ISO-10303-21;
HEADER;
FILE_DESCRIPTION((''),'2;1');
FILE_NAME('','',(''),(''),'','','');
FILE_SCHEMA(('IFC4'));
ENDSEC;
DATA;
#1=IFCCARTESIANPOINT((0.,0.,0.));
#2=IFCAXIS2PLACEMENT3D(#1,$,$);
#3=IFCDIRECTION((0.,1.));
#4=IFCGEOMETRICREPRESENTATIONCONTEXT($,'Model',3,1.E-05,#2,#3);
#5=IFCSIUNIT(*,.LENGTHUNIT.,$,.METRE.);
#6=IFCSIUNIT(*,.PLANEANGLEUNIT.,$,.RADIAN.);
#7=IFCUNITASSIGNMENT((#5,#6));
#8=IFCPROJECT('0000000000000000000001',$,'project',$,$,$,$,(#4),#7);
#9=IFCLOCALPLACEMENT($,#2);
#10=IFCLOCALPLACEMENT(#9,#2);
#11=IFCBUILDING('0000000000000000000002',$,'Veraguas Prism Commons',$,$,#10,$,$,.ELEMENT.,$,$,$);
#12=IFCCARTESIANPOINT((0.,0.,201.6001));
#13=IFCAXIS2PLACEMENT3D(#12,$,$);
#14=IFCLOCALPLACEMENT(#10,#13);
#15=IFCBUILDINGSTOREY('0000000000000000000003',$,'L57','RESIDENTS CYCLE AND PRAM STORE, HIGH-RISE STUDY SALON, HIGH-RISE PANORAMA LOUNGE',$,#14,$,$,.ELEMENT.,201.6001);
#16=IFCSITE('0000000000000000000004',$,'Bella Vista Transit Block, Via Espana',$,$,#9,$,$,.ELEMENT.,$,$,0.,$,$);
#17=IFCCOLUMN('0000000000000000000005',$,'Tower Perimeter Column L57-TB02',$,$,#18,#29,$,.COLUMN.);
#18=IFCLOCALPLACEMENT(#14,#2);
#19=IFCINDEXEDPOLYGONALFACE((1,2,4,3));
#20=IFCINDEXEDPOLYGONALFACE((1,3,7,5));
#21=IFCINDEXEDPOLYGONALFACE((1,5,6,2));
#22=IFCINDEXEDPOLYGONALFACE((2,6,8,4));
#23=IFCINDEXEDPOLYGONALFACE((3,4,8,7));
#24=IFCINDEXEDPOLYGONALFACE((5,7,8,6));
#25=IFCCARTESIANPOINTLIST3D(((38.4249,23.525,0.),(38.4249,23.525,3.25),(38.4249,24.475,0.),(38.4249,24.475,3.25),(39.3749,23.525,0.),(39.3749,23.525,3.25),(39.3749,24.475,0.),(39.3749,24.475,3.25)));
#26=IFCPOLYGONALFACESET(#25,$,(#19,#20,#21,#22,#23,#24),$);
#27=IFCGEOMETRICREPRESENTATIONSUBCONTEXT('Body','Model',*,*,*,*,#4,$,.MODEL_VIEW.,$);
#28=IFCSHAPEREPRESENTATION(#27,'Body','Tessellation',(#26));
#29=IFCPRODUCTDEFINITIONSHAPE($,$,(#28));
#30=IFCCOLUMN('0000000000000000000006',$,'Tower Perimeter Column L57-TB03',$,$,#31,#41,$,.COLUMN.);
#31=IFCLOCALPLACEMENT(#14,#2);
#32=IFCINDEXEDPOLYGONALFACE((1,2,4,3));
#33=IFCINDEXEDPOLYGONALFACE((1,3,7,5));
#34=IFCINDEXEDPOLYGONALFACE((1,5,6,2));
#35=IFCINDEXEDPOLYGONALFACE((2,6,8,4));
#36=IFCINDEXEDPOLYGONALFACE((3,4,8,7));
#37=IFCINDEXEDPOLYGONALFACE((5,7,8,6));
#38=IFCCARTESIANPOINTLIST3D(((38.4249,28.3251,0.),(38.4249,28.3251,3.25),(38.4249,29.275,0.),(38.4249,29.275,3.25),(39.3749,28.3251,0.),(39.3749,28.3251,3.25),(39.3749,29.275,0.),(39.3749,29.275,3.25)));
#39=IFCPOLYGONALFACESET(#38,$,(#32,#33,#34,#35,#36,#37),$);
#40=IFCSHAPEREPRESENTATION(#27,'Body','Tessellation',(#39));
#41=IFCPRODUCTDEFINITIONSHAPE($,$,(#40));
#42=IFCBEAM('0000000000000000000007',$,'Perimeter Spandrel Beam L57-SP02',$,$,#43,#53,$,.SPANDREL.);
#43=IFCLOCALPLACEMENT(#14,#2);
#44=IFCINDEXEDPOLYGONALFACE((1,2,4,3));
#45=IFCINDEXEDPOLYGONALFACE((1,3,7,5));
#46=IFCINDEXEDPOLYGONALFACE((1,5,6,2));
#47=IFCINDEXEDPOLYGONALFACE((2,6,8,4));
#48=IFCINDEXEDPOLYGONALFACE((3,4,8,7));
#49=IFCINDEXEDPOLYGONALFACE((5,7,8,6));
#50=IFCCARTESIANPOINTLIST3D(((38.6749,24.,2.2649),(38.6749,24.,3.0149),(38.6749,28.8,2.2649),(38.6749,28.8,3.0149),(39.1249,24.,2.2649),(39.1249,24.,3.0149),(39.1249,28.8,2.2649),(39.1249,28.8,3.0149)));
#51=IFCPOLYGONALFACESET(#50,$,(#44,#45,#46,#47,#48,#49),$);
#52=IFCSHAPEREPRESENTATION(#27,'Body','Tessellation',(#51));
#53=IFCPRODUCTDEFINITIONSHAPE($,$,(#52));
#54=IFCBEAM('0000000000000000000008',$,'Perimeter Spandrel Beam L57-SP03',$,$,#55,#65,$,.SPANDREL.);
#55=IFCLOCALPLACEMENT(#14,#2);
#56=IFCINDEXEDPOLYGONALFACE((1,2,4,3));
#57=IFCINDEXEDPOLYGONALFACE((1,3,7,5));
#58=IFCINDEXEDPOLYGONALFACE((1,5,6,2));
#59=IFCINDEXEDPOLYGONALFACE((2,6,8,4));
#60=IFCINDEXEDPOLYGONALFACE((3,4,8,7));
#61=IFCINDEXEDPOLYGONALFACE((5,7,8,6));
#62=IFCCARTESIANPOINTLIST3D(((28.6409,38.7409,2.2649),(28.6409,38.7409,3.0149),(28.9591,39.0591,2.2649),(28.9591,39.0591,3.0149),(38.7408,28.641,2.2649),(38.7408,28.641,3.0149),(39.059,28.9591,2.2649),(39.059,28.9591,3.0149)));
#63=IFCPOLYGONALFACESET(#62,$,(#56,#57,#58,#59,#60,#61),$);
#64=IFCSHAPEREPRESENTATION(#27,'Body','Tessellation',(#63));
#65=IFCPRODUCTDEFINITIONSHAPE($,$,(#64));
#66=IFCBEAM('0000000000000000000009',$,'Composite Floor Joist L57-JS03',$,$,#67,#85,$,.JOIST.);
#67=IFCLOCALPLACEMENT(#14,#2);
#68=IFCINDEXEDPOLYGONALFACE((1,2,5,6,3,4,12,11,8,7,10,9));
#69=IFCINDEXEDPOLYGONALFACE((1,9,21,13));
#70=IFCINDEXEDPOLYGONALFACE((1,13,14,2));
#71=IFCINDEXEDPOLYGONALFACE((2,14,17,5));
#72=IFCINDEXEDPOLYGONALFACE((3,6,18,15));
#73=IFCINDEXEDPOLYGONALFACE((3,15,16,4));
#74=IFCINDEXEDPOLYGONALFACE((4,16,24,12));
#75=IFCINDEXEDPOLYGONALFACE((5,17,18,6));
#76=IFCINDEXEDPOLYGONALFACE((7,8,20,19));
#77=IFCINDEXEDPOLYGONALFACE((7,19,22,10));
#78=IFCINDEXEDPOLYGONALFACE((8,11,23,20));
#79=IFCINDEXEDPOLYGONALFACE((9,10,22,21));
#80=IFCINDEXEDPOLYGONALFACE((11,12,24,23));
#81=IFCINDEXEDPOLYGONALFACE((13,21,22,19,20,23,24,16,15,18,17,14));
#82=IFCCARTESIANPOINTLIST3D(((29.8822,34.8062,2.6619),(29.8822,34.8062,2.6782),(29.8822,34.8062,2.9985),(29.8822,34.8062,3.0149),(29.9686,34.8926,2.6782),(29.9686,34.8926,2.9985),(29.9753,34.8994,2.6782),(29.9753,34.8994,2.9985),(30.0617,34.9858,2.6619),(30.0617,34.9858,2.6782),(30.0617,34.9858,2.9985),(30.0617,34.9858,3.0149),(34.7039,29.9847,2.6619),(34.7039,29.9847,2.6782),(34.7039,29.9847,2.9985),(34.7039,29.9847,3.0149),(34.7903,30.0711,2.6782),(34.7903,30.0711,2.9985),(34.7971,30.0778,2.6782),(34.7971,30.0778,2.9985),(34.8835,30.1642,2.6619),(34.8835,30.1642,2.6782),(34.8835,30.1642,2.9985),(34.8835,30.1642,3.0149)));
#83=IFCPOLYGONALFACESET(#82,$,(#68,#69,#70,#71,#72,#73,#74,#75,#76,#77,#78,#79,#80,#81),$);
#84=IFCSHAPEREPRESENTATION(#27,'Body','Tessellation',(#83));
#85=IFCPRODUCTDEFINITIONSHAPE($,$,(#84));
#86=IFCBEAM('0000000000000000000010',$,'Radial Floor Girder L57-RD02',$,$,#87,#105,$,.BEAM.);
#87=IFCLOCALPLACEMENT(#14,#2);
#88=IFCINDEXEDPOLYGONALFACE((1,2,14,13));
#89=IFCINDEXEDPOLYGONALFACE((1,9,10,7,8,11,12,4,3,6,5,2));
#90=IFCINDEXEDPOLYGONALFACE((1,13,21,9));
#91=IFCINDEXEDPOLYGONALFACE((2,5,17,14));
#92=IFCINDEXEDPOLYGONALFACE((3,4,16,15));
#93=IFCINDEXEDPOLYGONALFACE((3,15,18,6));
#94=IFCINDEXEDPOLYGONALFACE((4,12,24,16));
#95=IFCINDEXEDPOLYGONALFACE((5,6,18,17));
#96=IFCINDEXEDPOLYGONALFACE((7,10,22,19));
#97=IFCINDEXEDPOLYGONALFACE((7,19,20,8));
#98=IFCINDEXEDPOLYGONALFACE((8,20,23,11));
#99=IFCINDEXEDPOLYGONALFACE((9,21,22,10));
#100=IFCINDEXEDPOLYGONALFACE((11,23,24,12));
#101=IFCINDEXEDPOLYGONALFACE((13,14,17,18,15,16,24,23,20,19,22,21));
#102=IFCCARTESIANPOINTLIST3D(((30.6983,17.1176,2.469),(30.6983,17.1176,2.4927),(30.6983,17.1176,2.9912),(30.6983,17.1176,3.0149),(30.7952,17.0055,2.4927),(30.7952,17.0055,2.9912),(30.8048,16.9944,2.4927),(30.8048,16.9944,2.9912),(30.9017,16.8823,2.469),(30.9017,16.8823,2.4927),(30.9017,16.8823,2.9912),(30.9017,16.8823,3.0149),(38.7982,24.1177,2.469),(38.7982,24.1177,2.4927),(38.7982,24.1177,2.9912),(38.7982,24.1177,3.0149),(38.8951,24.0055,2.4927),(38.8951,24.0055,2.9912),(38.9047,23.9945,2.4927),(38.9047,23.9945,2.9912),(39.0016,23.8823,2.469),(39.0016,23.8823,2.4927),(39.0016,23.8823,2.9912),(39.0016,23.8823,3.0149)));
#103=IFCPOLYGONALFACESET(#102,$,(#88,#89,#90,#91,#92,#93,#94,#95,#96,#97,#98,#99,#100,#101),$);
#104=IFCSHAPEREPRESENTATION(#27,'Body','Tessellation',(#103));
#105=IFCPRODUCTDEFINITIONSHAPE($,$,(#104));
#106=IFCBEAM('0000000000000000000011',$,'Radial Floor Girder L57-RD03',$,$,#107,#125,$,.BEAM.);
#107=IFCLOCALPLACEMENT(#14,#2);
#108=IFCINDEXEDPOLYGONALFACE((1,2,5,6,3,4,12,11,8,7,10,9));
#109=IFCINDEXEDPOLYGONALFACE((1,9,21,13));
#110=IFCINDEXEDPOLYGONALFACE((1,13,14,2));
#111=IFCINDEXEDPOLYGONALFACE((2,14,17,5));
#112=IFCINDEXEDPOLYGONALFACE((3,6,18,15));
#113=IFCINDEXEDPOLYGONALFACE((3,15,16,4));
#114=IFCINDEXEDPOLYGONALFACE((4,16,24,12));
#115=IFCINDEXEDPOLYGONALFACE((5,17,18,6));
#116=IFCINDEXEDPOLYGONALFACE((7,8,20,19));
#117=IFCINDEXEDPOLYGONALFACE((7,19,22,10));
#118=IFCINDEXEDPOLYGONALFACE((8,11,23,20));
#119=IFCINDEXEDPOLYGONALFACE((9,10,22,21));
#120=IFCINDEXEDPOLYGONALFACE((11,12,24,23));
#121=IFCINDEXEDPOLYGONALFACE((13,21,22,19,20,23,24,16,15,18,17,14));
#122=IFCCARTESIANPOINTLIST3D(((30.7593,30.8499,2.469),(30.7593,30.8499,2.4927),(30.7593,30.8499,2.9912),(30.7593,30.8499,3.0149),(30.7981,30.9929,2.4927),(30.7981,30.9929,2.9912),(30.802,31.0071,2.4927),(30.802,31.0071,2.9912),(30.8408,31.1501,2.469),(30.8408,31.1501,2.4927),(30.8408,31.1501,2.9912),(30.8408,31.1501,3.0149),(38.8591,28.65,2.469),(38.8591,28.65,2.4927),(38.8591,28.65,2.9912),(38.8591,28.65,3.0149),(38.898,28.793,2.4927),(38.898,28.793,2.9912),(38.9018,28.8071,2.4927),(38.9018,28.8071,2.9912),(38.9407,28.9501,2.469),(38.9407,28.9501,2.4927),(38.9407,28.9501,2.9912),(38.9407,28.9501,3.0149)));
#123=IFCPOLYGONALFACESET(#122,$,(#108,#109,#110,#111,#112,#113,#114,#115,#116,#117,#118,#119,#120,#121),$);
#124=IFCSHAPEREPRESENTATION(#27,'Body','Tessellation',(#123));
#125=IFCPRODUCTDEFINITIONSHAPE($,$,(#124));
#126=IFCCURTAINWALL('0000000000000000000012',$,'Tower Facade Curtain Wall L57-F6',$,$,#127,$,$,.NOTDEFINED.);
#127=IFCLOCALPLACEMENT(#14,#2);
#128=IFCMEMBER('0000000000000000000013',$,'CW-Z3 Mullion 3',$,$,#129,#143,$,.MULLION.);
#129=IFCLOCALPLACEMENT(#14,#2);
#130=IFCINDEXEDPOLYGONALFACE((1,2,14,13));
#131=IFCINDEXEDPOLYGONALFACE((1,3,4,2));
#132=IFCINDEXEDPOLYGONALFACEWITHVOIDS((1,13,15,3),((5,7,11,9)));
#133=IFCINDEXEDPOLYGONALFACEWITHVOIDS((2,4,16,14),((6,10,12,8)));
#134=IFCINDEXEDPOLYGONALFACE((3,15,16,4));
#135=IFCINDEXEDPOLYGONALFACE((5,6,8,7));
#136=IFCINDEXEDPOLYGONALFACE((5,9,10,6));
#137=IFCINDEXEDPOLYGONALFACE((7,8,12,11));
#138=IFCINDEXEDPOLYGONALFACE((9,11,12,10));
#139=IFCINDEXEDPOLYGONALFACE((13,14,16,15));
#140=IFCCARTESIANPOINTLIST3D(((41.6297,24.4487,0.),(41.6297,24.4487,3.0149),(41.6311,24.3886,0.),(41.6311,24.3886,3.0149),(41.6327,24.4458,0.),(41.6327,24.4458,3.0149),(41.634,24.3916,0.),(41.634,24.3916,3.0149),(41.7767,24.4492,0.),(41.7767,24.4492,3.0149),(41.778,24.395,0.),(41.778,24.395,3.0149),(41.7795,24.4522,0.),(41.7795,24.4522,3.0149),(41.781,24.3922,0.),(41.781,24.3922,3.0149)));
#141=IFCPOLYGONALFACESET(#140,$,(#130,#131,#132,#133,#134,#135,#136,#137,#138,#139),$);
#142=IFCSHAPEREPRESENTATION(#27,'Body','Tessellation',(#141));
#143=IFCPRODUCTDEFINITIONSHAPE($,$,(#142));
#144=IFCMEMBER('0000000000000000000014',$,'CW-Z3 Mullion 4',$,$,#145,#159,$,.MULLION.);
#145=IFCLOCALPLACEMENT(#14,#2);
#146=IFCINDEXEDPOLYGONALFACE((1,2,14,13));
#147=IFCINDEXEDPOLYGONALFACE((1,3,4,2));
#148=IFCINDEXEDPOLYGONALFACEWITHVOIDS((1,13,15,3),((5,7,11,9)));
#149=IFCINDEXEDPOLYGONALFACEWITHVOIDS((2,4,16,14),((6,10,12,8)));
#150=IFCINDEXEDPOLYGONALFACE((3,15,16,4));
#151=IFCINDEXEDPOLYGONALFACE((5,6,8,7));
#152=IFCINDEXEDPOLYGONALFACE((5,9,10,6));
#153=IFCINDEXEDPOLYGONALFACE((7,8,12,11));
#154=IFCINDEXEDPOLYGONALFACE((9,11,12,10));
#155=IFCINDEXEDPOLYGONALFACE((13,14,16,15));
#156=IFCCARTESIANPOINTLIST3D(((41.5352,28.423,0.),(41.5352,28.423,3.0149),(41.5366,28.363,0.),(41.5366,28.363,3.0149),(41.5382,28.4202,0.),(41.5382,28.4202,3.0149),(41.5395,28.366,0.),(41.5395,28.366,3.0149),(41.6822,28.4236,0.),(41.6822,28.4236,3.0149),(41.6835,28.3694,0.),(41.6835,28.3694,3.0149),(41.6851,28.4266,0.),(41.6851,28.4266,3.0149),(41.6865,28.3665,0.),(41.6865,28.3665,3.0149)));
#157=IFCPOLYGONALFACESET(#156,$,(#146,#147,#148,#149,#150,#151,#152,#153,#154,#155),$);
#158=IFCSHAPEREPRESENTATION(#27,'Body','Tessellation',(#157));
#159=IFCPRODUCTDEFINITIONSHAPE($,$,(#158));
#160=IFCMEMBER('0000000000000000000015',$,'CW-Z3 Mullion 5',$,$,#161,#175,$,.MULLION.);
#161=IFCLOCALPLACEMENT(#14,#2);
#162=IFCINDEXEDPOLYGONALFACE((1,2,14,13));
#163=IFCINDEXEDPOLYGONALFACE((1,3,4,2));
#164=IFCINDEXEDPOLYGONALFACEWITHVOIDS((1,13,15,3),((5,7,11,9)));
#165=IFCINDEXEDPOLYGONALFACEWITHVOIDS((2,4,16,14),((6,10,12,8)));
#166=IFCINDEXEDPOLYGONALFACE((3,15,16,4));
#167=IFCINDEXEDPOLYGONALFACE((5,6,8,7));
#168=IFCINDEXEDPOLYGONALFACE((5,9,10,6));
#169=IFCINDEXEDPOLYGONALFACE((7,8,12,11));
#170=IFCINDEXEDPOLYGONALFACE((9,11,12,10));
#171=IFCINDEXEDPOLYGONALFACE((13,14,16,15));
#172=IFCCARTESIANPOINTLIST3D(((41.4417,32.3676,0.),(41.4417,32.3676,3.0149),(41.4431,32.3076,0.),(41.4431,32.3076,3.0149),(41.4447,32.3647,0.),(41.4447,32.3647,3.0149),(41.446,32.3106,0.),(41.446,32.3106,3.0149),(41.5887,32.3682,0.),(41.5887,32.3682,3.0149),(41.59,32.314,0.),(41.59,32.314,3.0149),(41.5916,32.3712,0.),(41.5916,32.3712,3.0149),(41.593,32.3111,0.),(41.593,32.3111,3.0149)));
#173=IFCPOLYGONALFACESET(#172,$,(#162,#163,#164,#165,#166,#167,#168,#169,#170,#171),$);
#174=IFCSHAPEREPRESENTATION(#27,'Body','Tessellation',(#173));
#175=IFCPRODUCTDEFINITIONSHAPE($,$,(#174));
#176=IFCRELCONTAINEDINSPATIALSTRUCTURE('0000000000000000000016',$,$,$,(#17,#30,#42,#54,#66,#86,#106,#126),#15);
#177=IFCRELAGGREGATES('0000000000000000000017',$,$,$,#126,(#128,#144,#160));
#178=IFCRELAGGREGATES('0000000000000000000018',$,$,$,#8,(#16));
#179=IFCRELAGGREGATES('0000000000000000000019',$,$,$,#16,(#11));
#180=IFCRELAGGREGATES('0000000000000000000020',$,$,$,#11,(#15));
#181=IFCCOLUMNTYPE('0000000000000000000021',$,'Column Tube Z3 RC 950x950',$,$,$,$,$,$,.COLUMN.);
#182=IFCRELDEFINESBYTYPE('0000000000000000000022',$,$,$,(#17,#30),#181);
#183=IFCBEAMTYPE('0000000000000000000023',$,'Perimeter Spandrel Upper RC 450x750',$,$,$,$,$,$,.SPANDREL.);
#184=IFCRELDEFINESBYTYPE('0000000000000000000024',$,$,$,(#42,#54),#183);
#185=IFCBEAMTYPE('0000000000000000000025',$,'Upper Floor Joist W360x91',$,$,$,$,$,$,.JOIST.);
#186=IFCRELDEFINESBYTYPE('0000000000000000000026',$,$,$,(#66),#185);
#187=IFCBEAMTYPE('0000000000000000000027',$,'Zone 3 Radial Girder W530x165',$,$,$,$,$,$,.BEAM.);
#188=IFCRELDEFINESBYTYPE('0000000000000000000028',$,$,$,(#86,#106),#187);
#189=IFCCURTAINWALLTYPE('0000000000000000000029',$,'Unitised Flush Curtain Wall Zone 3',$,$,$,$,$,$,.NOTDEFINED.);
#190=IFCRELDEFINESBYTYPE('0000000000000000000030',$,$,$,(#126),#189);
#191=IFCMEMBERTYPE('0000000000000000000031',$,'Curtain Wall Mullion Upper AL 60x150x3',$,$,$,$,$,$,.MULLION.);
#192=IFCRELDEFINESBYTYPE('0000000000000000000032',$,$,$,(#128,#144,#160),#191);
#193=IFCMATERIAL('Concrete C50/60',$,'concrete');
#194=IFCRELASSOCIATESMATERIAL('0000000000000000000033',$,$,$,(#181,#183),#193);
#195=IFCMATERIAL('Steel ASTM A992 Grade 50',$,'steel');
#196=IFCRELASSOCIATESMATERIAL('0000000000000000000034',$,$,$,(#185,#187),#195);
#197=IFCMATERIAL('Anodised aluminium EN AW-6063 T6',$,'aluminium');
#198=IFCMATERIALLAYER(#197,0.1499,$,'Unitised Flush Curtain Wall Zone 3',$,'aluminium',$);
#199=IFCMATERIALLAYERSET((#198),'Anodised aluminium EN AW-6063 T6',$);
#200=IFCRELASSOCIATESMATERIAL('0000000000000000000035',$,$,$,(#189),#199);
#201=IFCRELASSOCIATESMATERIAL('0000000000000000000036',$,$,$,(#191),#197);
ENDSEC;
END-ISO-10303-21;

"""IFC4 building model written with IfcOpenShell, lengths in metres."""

from ifc_helpers import new_model, si_unit, direction, frame, origin, origin_2d, place, context, subcontext, project, spatial, rectangle, hollow_rectangle, i_section, extrude, source, transform, mapped, material, layer, layer_set, material_profile, profile_set, type_object, element, aggregate, save


model = new_model("IFC4")

# Units and contexts
model_context = context("Model", 3, precision=1e-05, world=origin(), true_north=direction((0.0, 1.0)))
body_context = subcontext(model_context, "Body", "Model", "MODEL_VIEW")
ifc_project = project(units=[si_unit("LENGTHUNIT", "METRE"), si_unit("PLANEANGLEUNIT", "RADIAN")], contexts=[model_context])

# Site, building, storey
site_placement = place(None, origin())
site = spatial("IfcSite", under=ifc_project, at=site_placement, Name="Bella Vista Transit Block, Via Espana", CompositionType="ELEMENT", RefElevation=0.0)
building_placement = place(site_placement, origin())
building = spatial("IfcBuilding", under=site, at=building_placement, Name="Veraguas Prism Commons", CompositionType="ELEMENT")
storey_placement = place(building_placement, frame((0.0, 0.0, 201.6001)))
storey = spatial("IfcBuildingStorey", under=building, at=storey_placement, Name="L57", Description="RESIDENTS CYCLE AND PRAM STORE, HIGH-RISE STUDY SALON, HIGH-RISE PANORAMA LOUNGE", CompositionType="ELEMENT", Elevation=201.6001)

# Columns
ifc_material_1 = material(Name="Concrete C50/60", Category="concrete")
ifc_material_profile_1 = material_profile(ifc_material_1, rectangle(XDim=0.95, YDim=0.95, at=origin_2d()), Name="RC950X950")
ifc_profile_set_1 = profile_set([ifc_material_profile_1], Name="Concrete C50/60")
column_type = type_object("IfcColumnType", Name="Column Tube Z3 RC 950x950", PredefinedType="COLUMN", material=ifc_profile_set_1)
for number, where, z_axis, x_axis, name in (
    (1, (38.8999, 24.0, 0.0), (0.0, 0.0, 1.0), (1.0, 0.0, 0.0), "Tower Perimeter Column L57-TB02"),
    (2, (38.8999, 28.8, 0.0), (0.0, 0.0, 1.0), (1.0, 0.0, 0.0), "Tower Perimeter Column L57-TB03"),
):
    element("IfcColumn", number, at=place(storey_placement, frame(where, z_axis=z_axis, x_axis=x_axis)), inside=storey, type_object=column_type, Name=name, PredefinedType="COLUMN", context=body_context, shape_type="SweptSolid", body=[
        extrude(rectangle(XDim=0.95, YDim=0.95, at=origin_2d()), origin(), (0.0, 0.0, 1.0), 3.25),
    ])

# Beams
ifc_material_profile_2 = material_profile(ifc_material_1, rectangle(XDim=0.45, YDim=0.75, at=origin_2d()), Name="RC450X750")
ifc_profile_set_2 = profile_set([ifc_material_profile_2], Name="Concrete C50/60")
beam_type_1 = type_object("IfcBeamType", Name="Perimeter Spandrel Upper RC 450x750", PredefinedType="SPANDREL", material=ifc_profile_set_2)
beam_1_placement = place(storey_placement, frame((38.8999, 24.0, 2.6399), z_axis=(0.0, 1.0, 0.0), x_axis=(-1.0, 0.0, 0.0)))
element("IfcBeam", 3, at=beam_1_placement, inside=storey, type_object=beam_type_1, Name="Perimeter Spandrel Beam L57-SP02", PredefinedType="SPANDREL", context=body_context, shape_type="SweptSolid", body=[
    extrude(rectangle(XDim=0.45, YDim=0.75, at=origin_2d()), origin(), (0.0, 0.0, 1.0), 4.8),
])
beam_2_placement = place(storey_placement, frame((38.8999, 28.8, 2.6399), z_axis=(-0.707107, 0.707107, 0.0), x_axis=(-0.707107, -0.707107, 0.0)))
element("IfcBeam", 4, at=beam_2_placement, inside=storey, type_object=beam_type_1, Name="Perimeter Spandrel Beam L57-SP03", PredefinedType="SPANDREL", context=body_context, shape_type="SweptSolid", body=[
    extrude(rectangle(XDim=0.45, YDim=0.75, at=origin_2d()), origin(), (0.0, 0.0, 1.0), 14.2834),
])
ifc_material_2 = material(Name="Steel ASTM A992 Grade 50", Category="steel")
ifc_material_profile_3 = material_profile(ifc_material_2, i_section(OverallWidth=0.2539, OverallDepth=0.353, WebThickness=0.0095, FlangeThickness=0.0164, at=origin_2d()), Name="W360X91")
ifc_profile_set_3 = profile_set([ifc_material_profile_3], Name="Steel ASTM A992 Grade 50")
beam_type_2 = type_object("IfcBeamType", Name="Upper Floor Joist W360x91", PredefinedType="JOIST", material=ifc_profile_set_3)
beam_3_placement = place(storey_placement, frame((34.7937, 30.0745, 2.8384), z_axis=(-0.707125, 0.707089, 0.0), x_axis=(-0.707089, -0.707125, 0.0)))
element("IfcBeam", 5, at=beam_3_placement, inside=storey, type_object=beam_type_2, Name="Composite Floor Joist L57-JS03", PredefinedType="JOIST", context=body_context, shape_type="SweptSolid", body=[
    extrude(i_section(OverallWidth=0.2539, OverallDepth=0.353, WebThickness=0.0095, FlangeThickness=0.0164, at=origin_2d()), origin(), (0.0, 0.0, 1.0), 6.8188),
])
ifc_material_profile_4 = material_profile(ifc_material_2, i_section(OverallWidth=0.311, OverallDepth=0.5459, WebThickness=0.0146, FlangeThickness=0.0237, at=origin_2d()), Name="W530X165")
ifc_profile_set_4 = profile_set([ifc_material_profile_4], Name="Steel ASTM A992 Grade 50")
beam_type_3 = type_object("IfcBeamType", Name="Zone 3 Radial Girder W530x165", PredefinedType="BEAM", material=ifc_profile_set_4)
beam_4_placement = place(storey_placement, frame((38.8999, 24.0, 2.7419), z_axis=(-0.756607, -0.65387, 0.0), x_axis=(0.65387, -0.756607, 0.0)))
element("IfcBeam", 6, at=beam_4_placement, inside=storey, type_object=beam_type_3, Name="Radial Floor Girder L57-RD02", PredefinedType="BEAM", context=body_context, shape_type="SweptSolid", body=[
    extrude(i_section(OverallWidth=0.311, OverallDepth=0.5459, WebThickness=0.0146, FlangeThickness=0.0237, at=origin_2d()), origin(), (0.0, 0.0, 1.0), 10.7056),
])
beam_5_placement = place(storey_placement, frame((38.8999, 28.8, 2.7419), z_axis=(-0.965039, 0.262108, 0.0), x_axis=(-0.262108, -0.965039, 0.0)))
element("IfcBeam", 7, at=beam_5_placement, inside=storey, type_object=beam_type_3, Name="Radial Floor Girder L57-RD03", PredefinedType="BEAM", context=body_context, shape_type="SweptSolid", body=[
    extrude(i_section(OverallWidth=0.311, OverallDepth=0.5459, WebThickness=0.0146, FlangeThickness=0.0237, at=origin_2d()), origin(), (0.0, 0.0, 1.0), 8.3933),
])

# Curtain wall, members
ifc_material_3 = material(Name="Anodised aluminium EN AW-6063 T6", Category="aluminium")
ifc_layer_1 = layer(ifc_material_3, 0.1499, Name="Unitised Flush Curtain Wall Zone 3", Category="aluminium")
ifc_layer_set_1 = layer_set([ifc_layer_1], Name="Anodised aluminium EN AW-6063 T6")
curtain_wall_type = type_object("IfcCurtainWallType", Name="Unitised Flush Curtain Wall Zone 3", PredefinedType="NOTDEFINED", material=ifc_layer_set_1)
curtain_wall_placement = place(storey_placement, origin())
curtain_wall = element("IfcCurtainWall", 8, at=curtain_wall_placement, inside=storey, type_object=curtain_wall_type, Name="Tower Facade Curtain Wall L57-F6", PredefinedType="NOTDEFINED")
ifc_material_profile_5 = material_profile(ifc_material_3, hollow_rectangle(XDim=0.0601, YDim=0.1499, WallThickness=0.0029, at=origin_2d()), Name="AL60X150X3")
ifc_profile_set_5 = profile_set([ifc_material_profile_5], Name="Anodised aluminium EN AW-6063 T6")
member_type = type_object("IfcMemberType", Name="Curtain Wall Mullion Upper AL 60x150x3", PredefinedType="MULLION", material=ifc_profile_set_5)
shared_shape_1 = source(origin(), body_context, "Body", "SweptSolid", [
    extrude(hollow_rectangle(XDim=0.0601, YDim=0.1499, WallThickness=0.0029, at=origin_2d()), origin(), (0.0, 0.0, 1.0), 3.0149),
])
member_1_placement = place(storey_placement, frame((41.7053, 24.4204, 0.0), z_axis=(0.0, 0.0, 1.0), x_axis=(-0.023738, 0.999718, 0.0)))
member_1 = element("IfcMember", 9, at=member_1_placement, type_object=member_type, Name="CW-Z3 Mullion 3", PredefinedType="MULLION", context=body_context, shape_type="MappedRepresentation", body=[
    mapped(shared_shape_1, transform((0.0, 0.0, 0.0), scale=1.0)),
])
member_2_placement = place(storey_placement, frame((41.6108, 28.3948, 0.0), z_axis=(0.0, 0.0, 1.0), x_axis=(-0.023738, 0.999718, 0.0)))
member_2 = element("IfcMember", 10, at=member_2_placement, type_object=member_type, Name="CW-Z3 Mullion 4", PredefinedType="MULLION", context=body_context, shape_type="MappedRepresentation", body=[
    mapped(shared_shape_1, transform((0.0, 0.0, 0.0), scale=1.0)),
])
member_3_placement = place(storey_placement, frame((41.5173, 32.3394, 0.0), z_axis=(0.0, 0.0, 1.0), x_axis=(-0.023738, 0.999718, 0.0)))
member_3 = element("IfcMember", 11, at=member_3_placement, type_object=member_type, Name="CW-Z3 Mullion 5", PredefinedType="MULLION", context=body_context, shape_type="MappedRepresentation", body=[
    mapped(shared_shape_1, transform((0.0, 0.0, 0.0), scale=1.0)),
])
aggregate(curtain_wall, [member_1, member_2, member_3])

save(model, "model.ifc")
